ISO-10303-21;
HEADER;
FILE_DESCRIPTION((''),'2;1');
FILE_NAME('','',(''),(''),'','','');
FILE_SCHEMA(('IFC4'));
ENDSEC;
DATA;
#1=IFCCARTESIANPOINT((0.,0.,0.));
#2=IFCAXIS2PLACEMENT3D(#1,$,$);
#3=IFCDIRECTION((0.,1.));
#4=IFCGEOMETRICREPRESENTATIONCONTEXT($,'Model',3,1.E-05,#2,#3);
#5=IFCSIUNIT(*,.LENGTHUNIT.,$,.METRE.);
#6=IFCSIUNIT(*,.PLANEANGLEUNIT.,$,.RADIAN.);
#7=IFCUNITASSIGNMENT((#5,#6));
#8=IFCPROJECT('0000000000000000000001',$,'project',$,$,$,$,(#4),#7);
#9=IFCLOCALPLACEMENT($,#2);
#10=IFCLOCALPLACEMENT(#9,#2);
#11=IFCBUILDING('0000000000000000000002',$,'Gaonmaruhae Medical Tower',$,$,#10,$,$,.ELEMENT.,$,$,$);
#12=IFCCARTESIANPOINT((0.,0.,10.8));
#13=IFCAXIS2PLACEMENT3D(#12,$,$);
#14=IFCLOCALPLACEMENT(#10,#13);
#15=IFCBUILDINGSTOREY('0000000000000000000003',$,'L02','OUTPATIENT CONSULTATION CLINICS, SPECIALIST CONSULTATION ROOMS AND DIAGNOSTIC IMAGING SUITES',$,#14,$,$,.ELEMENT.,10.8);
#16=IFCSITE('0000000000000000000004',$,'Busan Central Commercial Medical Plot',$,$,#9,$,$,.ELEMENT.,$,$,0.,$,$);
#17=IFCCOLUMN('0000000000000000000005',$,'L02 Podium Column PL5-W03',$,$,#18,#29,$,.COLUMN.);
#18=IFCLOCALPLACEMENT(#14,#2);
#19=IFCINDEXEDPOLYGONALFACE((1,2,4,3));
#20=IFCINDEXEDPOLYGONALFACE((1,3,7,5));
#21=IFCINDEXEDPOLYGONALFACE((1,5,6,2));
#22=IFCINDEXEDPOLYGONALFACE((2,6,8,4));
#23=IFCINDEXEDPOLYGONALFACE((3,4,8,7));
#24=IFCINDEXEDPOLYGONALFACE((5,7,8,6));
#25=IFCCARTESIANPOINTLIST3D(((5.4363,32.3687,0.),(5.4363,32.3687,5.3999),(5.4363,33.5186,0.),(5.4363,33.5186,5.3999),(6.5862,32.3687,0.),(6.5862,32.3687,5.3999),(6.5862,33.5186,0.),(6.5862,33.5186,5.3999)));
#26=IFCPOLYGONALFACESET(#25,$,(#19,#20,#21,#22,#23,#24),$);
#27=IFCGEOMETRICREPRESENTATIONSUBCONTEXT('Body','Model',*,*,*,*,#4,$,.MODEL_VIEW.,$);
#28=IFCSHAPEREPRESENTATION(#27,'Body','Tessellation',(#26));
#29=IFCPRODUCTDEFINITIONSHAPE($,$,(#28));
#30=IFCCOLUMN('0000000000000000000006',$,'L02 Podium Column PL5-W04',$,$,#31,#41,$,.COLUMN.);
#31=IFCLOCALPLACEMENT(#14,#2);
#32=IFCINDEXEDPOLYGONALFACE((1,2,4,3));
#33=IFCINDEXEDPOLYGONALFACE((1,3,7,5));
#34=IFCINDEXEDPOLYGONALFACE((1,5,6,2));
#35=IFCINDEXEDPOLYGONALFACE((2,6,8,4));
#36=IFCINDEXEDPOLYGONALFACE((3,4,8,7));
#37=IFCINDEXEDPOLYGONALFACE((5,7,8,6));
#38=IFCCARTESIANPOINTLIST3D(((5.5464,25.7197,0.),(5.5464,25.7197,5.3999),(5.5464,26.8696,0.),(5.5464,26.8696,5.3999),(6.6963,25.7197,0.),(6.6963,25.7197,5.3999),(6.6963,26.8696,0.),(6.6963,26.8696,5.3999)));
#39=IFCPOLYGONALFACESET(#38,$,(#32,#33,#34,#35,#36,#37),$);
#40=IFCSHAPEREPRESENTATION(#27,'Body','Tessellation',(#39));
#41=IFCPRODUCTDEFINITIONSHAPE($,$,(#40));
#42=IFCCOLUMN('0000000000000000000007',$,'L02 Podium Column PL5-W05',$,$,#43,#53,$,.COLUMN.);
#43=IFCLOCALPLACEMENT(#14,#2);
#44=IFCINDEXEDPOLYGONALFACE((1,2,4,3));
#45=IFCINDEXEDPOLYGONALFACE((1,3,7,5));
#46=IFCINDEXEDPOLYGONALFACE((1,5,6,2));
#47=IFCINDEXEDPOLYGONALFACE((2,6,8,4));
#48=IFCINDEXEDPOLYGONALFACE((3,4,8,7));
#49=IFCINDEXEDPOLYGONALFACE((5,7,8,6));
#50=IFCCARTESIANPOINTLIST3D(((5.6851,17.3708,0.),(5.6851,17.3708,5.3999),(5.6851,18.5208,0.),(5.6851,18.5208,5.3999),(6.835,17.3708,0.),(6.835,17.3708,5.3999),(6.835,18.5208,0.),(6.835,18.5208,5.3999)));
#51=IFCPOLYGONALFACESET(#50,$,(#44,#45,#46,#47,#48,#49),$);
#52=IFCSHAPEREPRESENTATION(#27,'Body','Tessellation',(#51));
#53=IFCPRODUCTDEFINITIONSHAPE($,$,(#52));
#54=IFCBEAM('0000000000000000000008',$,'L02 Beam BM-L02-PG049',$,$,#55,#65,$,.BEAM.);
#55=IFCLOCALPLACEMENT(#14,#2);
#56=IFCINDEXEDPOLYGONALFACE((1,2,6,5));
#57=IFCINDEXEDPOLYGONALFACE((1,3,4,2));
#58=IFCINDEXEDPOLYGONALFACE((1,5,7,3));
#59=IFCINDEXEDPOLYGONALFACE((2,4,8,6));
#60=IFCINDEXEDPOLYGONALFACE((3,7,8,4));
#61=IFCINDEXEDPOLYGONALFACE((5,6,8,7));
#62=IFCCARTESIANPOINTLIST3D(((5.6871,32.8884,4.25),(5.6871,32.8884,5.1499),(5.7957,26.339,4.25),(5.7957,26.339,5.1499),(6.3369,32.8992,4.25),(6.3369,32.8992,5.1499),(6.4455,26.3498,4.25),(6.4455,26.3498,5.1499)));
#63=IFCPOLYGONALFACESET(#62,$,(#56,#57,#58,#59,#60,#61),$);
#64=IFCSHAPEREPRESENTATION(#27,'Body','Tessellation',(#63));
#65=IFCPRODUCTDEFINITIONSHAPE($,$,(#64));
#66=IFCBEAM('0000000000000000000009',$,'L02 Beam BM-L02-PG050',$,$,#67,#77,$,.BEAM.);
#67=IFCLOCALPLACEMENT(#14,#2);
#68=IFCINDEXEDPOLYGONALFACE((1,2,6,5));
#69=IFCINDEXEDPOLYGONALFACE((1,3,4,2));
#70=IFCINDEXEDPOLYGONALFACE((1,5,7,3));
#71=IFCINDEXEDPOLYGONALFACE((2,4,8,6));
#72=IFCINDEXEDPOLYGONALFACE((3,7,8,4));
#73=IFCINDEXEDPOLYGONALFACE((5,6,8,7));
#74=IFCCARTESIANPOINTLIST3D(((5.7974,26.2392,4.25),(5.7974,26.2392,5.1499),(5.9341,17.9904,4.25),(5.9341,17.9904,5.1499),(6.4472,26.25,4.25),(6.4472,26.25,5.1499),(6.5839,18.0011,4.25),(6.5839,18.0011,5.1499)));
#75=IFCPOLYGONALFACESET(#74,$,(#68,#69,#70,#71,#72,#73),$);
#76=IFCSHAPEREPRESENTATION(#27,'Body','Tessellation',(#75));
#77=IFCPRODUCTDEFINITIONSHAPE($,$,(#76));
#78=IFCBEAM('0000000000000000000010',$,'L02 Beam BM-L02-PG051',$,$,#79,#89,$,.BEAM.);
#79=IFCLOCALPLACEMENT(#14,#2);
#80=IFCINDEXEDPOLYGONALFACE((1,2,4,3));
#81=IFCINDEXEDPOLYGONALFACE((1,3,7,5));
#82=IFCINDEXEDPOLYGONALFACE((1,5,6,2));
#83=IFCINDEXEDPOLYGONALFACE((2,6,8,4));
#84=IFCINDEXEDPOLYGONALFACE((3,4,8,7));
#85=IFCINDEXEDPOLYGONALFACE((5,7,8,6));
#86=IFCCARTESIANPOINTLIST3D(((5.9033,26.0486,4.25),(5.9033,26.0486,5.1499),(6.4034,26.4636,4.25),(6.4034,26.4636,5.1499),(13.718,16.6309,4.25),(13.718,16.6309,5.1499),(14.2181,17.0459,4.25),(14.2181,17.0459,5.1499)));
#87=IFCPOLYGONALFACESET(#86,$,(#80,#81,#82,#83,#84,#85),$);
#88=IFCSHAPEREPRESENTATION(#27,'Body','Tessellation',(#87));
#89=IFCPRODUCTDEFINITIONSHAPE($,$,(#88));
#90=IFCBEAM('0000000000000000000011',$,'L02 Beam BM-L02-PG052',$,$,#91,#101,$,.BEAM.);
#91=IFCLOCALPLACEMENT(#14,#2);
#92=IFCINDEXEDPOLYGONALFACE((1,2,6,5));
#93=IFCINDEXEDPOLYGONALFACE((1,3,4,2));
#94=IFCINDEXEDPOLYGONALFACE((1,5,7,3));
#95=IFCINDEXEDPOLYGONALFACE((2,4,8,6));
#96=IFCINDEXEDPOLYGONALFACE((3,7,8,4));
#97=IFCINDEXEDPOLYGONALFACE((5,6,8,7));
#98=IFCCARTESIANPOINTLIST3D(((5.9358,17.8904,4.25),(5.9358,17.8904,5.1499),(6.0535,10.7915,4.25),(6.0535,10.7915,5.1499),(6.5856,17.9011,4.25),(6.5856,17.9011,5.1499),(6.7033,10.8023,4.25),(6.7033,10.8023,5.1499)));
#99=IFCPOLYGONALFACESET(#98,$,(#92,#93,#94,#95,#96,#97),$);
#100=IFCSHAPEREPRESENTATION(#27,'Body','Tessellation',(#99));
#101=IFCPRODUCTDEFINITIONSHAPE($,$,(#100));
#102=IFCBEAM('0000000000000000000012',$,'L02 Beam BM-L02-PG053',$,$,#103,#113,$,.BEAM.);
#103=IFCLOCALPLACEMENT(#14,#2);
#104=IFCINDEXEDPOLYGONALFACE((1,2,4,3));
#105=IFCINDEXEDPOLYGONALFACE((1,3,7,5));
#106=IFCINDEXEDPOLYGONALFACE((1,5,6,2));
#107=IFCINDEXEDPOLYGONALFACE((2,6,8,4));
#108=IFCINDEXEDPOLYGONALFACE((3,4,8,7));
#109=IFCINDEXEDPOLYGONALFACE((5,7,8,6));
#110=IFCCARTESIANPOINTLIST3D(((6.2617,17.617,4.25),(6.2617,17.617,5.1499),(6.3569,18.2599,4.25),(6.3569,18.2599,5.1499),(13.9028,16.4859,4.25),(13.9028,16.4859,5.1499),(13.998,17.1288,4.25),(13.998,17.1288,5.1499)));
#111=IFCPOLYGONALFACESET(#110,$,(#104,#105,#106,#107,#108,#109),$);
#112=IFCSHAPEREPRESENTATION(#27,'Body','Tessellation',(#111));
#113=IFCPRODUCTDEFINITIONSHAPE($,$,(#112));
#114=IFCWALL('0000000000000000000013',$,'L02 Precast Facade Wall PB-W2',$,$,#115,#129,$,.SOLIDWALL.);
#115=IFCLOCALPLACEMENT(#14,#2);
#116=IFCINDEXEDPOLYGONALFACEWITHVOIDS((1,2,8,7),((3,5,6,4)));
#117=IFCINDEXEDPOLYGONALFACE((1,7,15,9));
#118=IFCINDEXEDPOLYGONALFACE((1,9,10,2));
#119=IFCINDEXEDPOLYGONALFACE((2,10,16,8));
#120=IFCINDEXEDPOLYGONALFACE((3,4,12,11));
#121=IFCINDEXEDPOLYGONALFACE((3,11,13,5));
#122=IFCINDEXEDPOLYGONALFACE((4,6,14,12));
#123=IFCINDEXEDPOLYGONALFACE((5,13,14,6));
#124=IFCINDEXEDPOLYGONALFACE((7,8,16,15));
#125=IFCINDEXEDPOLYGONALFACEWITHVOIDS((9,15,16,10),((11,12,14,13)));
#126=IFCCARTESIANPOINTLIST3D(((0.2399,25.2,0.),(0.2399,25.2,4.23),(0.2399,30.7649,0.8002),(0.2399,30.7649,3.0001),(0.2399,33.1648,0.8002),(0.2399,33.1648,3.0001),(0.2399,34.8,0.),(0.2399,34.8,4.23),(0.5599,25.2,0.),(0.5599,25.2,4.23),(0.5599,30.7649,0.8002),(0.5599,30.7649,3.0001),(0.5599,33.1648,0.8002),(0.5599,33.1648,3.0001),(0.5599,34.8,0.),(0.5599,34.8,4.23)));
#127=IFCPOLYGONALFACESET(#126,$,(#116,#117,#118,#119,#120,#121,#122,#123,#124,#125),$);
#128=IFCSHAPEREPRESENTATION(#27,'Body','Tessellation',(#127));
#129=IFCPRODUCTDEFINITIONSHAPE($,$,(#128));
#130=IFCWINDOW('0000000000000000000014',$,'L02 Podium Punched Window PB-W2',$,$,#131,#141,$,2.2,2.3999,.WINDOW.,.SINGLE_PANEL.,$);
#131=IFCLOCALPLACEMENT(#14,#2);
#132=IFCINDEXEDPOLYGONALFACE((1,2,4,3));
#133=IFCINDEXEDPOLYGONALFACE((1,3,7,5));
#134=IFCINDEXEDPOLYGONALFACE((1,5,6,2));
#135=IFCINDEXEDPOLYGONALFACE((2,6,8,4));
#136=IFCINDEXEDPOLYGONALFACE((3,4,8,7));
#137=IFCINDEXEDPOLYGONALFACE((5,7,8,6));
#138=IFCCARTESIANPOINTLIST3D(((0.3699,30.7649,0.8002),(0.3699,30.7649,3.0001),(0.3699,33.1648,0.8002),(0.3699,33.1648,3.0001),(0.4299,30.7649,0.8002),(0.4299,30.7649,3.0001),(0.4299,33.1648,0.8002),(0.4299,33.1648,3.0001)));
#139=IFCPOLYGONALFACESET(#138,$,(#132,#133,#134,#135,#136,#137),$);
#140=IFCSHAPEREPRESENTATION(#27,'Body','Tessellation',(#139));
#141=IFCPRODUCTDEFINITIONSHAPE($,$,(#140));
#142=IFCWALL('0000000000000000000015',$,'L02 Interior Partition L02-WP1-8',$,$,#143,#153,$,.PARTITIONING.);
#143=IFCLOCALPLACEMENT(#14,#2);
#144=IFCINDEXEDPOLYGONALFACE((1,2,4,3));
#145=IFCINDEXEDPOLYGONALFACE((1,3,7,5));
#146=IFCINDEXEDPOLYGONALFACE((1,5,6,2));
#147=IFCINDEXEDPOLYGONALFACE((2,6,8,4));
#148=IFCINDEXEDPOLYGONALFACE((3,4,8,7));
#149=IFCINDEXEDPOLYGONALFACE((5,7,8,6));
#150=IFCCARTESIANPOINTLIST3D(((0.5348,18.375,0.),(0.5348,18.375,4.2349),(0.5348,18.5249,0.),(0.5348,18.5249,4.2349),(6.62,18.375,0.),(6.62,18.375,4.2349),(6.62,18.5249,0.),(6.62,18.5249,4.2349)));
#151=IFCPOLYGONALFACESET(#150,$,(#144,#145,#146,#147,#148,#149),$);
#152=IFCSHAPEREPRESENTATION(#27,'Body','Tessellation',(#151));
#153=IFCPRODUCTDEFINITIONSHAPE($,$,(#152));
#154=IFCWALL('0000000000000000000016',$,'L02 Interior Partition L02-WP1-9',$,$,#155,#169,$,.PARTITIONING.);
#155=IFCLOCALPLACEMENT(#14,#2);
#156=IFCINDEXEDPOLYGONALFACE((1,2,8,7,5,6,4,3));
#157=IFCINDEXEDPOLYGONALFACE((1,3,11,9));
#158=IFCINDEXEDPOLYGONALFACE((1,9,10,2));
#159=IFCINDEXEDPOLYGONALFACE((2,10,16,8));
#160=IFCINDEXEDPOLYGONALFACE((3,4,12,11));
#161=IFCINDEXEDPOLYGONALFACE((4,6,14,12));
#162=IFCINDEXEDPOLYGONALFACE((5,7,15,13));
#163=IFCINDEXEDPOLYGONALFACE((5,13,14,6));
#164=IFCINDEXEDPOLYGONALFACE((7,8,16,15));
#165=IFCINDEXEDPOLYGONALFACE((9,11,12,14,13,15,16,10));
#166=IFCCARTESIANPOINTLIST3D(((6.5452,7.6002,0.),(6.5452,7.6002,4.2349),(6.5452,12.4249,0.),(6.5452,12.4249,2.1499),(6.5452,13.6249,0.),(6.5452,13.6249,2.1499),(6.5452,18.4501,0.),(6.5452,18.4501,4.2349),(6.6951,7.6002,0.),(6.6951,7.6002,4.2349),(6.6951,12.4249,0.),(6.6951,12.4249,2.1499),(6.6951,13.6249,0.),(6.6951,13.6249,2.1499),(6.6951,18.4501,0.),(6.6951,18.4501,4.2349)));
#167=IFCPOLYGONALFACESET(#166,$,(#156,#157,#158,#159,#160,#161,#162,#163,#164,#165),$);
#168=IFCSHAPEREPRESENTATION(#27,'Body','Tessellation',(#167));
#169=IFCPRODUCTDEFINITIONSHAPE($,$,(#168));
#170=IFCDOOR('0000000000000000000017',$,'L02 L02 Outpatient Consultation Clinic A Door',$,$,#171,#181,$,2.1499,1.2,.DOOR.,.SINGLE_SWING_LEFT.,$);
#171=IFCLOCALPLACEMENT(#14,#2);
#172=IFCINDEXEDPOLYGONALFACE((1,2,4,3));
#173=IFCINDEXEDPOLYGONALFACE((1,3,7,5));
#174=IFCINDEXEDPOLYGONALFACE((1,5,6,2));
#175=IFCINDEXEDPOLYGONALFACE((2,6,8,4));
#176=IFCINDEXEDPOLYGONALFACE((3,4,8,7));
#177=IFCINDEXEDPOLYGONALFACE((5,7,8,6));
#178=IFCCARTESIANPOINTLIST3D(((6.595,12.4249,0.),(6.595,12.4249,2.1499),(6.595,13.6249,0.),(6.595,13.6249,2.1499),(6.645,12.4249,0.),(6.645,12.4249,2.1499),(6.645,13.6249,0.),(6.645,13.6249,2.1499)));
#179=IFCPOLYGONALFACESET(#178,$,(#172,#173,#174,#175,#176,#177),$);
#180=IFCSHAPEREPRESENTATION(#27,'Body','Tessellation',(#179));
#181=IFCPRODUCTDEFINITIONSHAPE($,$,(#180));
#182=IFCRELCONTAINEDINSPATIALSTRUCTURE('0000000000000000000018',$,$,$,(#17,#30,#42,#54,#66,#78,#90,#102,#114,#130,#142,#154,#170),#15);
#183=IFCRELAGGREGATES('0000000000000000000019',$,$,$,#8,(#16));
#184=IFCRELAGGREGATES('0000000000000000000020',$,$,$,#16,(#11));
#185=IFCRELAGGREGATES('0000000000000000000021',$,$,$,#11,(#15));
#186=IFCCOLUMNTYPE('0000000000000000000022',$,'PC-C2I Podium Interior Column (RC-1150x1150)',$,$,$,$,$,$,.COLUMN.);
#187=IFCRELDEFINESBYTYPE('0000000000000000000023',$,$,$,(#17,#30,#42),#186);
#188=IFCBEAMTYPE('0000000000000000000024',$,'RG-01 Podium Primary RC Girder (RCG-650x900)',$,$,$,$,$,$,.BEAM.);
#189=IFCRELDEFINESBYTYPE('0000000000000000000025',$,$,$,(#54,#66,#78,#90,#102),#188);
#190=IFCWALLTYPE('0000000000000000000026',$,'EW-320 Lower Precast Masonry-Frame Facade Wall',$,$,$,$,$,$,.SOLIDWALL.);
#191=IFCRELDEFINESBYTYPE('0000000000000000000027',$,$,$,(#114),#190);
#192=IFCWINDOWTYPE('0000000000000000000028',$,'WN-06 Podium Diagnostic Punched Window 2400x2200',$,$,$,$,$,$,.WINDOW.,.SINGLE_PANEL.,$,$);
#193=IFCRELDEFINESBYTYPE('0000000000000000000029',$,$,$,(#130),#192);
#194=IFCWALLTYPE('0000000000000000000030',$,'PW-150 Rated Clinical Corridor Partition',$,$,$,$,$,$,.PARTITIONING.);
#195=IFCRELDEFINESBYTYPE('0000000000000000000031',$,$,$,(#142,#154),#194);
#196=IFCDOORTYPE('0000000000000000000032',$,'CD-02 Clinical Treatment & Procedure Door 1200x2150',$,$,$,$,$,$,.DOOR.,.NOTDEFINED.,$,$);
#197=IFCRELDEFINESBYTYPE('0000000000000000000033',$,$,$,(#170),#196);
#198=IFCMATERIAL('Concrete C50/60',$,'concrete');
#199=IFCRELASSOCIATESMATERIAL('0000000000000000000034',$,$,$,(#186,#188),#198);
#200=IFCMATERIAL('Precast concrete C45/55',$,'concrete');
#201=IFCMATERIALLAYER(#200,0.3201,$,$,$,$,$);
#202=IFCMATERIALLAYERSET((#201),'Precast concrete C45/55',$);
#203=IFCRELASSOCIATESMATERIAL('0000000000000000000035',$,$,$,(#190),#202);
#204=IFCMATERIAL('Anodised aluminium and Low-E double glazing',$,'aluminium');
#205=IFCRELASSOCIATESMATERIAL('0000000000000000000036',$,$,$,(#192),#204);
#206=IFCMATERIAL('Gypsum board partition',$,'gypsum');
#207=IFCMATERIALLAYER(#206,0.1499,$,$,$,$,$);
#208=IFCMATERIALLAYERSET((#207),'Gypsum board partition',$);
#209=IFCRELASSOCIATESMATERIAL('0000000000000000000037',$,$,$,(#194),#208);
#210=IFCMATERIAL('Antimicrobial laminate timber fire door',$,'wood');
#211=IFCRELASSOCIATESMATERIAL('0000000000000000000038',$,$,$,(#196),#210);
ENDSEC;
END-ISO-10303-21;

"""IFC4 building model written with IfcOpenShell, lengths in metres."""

from ifc_helpers import new_model, si_unit, direction, frame, frame_2d, origin, origin_2d, place, context, subcontext, project, spatial, rectangle, extrude, material, layer, layer_set, material_profile, profile_set, type_object, element, fill, save


model = new_model("IFC4")

# Units and contexts
model_context = context("Model", 3, precision=1e-05, world=origin(), true_north=direction((0.0, 1.0)))
body_context = subcontext(model_context, "Body", "Model", "MODEL_VIEW")
ifc_project = project(units=[si_unit("LENGTHUNIT", "METRE"), si_unit("PLANEANGLEUNIT", "RADIAN")], contexts=[model_context])

# Site, building, storey
site_placement = place(None, origin())
site = spatial("IfcSite", under=ifc_project, at=site_placement, Name="Busan Central Commercial Medical Plot", CompositionType="ELEMENT", RefElevation=0.0)
building_placement = place(site_placement, origin())
building = spatial("IfcBuilding", under=site, at=building_placement, Name="Gaonmaruhae Medical Tower", CompositionType="ELEMENT")
storey_placement = place(building_placement, frame((0.0, 0.0, 10.8)))
storey = spatial("IfcBuildingStorey", under=building, at=storey_placement, Name="L02", Description="OUTPATIENT CONSULTATION CLINICS, SPECIALIST CONSULTATION ROOMS AND DIAGNOSTIC IMAGING SUITES", CompositionType="ELEMENT", Elevation=10.8)

# Columns
ifc_material_1 = material(Name="Concrete C50/60", Category="concrete")
ifc_material_profile_1 = material_profile(ifc_material_1, rectangle(XDim=1.1499, YDim=1.1499, at=origin_2d()), Name="RC-1150x1150")
ifc_profile_set_1 = profile_set([ifc_material_profile_1], Name="Concrete C50/60")
column_type = type_object("IfcColumnType", Name="PC-C2I Podium Interior Column (RC-1150x1150)", PredefinedType="COLUMN", material=ifc_profile_set_1)
for number, where, z_axis, x_axis, name in (
    (1, (6.0112, 32.9436, 0.0), (0.0, 0.0, 1.0), (1.0, 0.0, 0.0), "L02 Podium Column PL5-W03"),
    (2, (6.1213, 26.2947, 0.0), (0.0, 0.0, 1.0), (1.0, 0.0, 0.0), "L02 Podium Column PL5-W04"),
    (3, (6.26, 17.9458, 0.0), (0.0, 0.0, 1.0), (1.0, 0.0, 0.0), "L02 Podium Column PL5-W05"),
):
    element("IfcColumn", number, at=place(storey_placement, frame(where, z_axis=z_axis, x_axis=x_axis)), inside=storey, type_object=column_type, Name=name, PredefinedType="COLUMN", context=body_context, shape_type="SweptSolid", body=[
        extrude(rectangle(XDim=1.1499, YDim=1.1499, at=origin_2d()), origin(), (0.0, 0.0, 1.0), 5.3999),
    ])

# Beams
ifc_material_profile_2 = material_profile(ifc_material_1, rectangle(XDim=0.6499, YDim=0.8999, at=origin_2d()), Name="RCG-650x900")
ifc_profile_set_2 = profile_set([ifc_material_profile_2], Name="Concrete C50/60")
beam_type = type_object("IfcBeamType", Name="RG-01 Podium Primary RC Girder (RCG-650x900)", PredefinedType="BEAM", material=ifc_profile_set_2)
beam_1_placement = place(storey_placement, frame((6.012, 32.8938, 4.7), z_axis=(0.016586, -0.999862, 0.0), x_axis=(0.999862, 0.016586, 0.0)))
element("IfcBeam", 4, at=beam_1_placement, inside=storey, type_object=beam_type, Name="L02 Beam BM-L02-PG049", PredefinedType="BEAM", context=body_context, shape_type="SweptSolid", body=[
    extrude(rectangle(XDim=0.6499, YDim=0.8999, at=origin_2d()), origin(), (0.0, 0.0, 1.0), 6.5503),
])
beam_2_placement = place(storey_placement, frame((6.1223, 26.2446, 4.7), z_axis=(0.016572, -0.999863, 0.0), x_axis=(0.999863, 0.016572, 0.0)))
element("IfcBeam", 5, at=beam_2_placement, inside=storey, type_object=beam_type, Name="L02 Beam BM-L02-PG050", PredefinedType="BEAM", context=body_context, shape_type="SweptSolid", body=[
    extrude(rectangle(XDim=0.6499, YDim=0.8999, at=origin_2d()), origin(), (0.0, 0.0, 1.0), 8.25),
])
beam_3_placement = place(storey_placement, frame((6.1533, 26.2561, 4.7), z_axis=(0.638572, -0.769562, 0.0), x_axis=(0.769562, 0.638572, 0.0)))
element("IfcBeam", 6, at=beam_3_placement, inside=storey, type_object=beam_type, Name="L02 Beam BM-L02-PG051", PredefinedType="BEAM", context=body_context, shape_type="SweptSolid", body=[
    extrude(rectangle(XDim=0.6499, YDim=0.8999, at=origin_2d()), origin(), (0.0, 0.0, 1.0), 12.2378),
])
beam_4_placement = place(storey_placement, frame((6.2607, 17.8958, 4.7), z_axis=(0.016574, -0.999863, 0.0), x_axis=(0.999863, 0.016574, 0.0)))
element("IfcBeam", 7, at=beam_4_placement, inside=storey, type_object=beam_type, Name="L02 Beam BM-L02-PG052", PredefinedType="BEAM", context=body_context, shape_type="SweptSolid", body=[
    extrude(rectangle(XDim=0.6499, YDim=0.8999, at=origin_2d()), origin(), (0.0, 0.0, 1.0), 7.0999),
])
beam_5_placement = place(storey_placement, frame((6.3093, 17.9385, 4.7), z_axis=(0.989221, -0.146433, 0.0), x_axis=(0.146433, 0.989221, 0.0)))
element("IfcBeam", 8, at=beam_5_placement, inside=storey, type_object=beam_type, Name="L02 Beam BM-L02-PG053", PredefinedType="BEAM", context=body_context, shape_type="SweptSolid", body=[
    extrude(rectangle(XDim=0.6499, YDim=0.8999, at=origin_2d()), origin(), (0.0, 0.0, 1.0), 7.7244),
])

# Wall, opening, window
ifc_material_2 = material(Name="Precast concrete C45/55", Category="concrete")
ifc_layer_1 = layer(ifc_material_2, 0.3201)
ifc_layer_set_1 = layer_set([ifc_layer_1], Name="Precast concrete C45/55")
wall_type_1 = type_object("IfcWallType", Name="EW-320 Lower Precast Masonry-Frame Facade Wall", PredefinedType="SOLIDWALL", material=ifc_layer_set_1)
wall_1_placement = place(storey_placement, frame((0.3999, 25.2, 0.0), z_axis=(0.0, 0.0, 1.0), x_axis=(0.0, 1.0, 0.0)))
wall_1 = element("IfcWall", 9, at=wall_1_placement, inside=storey, type_object=wall_type_1, Name="L02 Precast Facade Wall PB-W2", PredefinedType="SOLIDWALL", context=body_context, shape_type="SweptSolid", body=[
    extrude(rectangle(XDim=9.6001, YDim=0.3201, at=frame_2d((4.8, 0.0))), origin(), (0.0, 0.0, 1.0), 4.23),
])
opening_1_placement = place(wall_1_placement, frame((5.5649, 0.0, 0.8)))
opening_1 = element("IfcOpeningElement", 10, at=opening_1_placement, cuts=wall_1, PredefinedType="OPENING", context=body_context, shape_type="SweptSolid", body=[
    extrude(rectangle(XDim=2.3999, YDim=2.2, at=frame_2d((1.2, 1.1001))), frame((0.0, 0.1699, 0.0), z_axis=(0.0, -1.0, 0.0), x_axis=(1.0, 0.0, 0.0)), (0.0, 0.0, 1.0), 0.3401),
])
ifc_material_3 = material(Name="Anodised aluminium and Low-E double glazing", Category="aluminium")
window_type = type_object("IfcWindowType", Name="WN-06 Podium Diagnostic Punched Window 2400x2200", PartitioningType="SINGLE_PANEL", PredefinedType="WINDOW", material=ifc_material_3)
window_placement = place(opening_1_placement, origin())
window = element("IfcWindow", 11, at=window_placement, inside=storey, type_object=window_type, Name="L02 Podium Punched Window PB-W2", OverallHeight=2.2, OverallWidth=2.3999, PartitioningType="SINGLE_PANEL", PredefinedType="WINDOW", context=body_context, shape_type="SweptSolid", body=[
    extrude(rectangle(XDim=2.3999, YDim=2.2, at=frame_2d((1.2, 1.1001))), frame((0.0, 0.03, 0.0), z_axis=(0.0, -1.0, 0.0), x_axis=(1.0, 0.0, 0.0)), (0.0, 0.0, 1.0), 0.0601),
])
fill(opening_1, window)

# Wall
ifc_material_4 = material(Name="Gypsum board partition", Category="gypsum")
ifc_layer_2 = layer(ifc_material_4, 0.1499)
ifc_layer_set_2 = layer_set([ifc_layer_2], Name="Gypsum board partition")
wall_type_2 = type_object("IfcWallType", Name="PW-150 Rated Clinical Corridor Partition", PredefinedType="PARTITIONING", material=ifc_layer_set_2)
wall_2_placement = place(storey_placement, frame((0.5349, 18.45, 0.0), z_axis=(0.0, 0.0, 1.0), x_axis=(1.0, 0.0, 0.0)))
element("IfcWall", 12, at=wall_2_placement, inside=storey, type_object=wall_type_2, Name="L02 Interior Partition L02-WP1-8", PredefinedType="PARTITIONING", context=body_context, shape_type="SweptSolid", body=[
    extrude(rectangle(XDim=6.0852, YDim=0.1499, at=frame_2d((3.0425, 0.0))), origin(), (0.0, 0.0, 1.0), 4.2349),
])

# Wall, opening, door
wall_3_placement = place(storey_placement, frame((6.6201, 18.45, 0.0), z_axis=(0.0, 0.0, 1.0), x_axis=(0.0, -1.0, 0.0)))
wall_3 = element("IfcWall", 13, at=wall_3_placement, inside=storey, type_object=wall_type_2, Name="L02 Interior Partition L02-WP1-9", PredefinedType="PARTITIONING", context=body_context, shape_type="SweptSolid", body=[
    extrude(rectangle(XDim=10.8499, YDim=0.1499, at=frame_2d((5.4248, 0.0))), origin(), (0.0, 0.0, 1.0), 4.2349),
])
opening_2_placement = place(wall_3_placement, frame((4.825, 0.0, 0.0)))
opening_2 = element("IfcOpeningElement", 14, at=opening_2_placement, cuts=wall_3, PredefinedType="OPENING", context=body_context, shape_type="SweptSolid", body=[
    extrude(rectangle(XDim=1.2, YDim=2.1499, at=frame_2d((0.6001, 1.075))), frame((0.0, 0.085, 0.0), z_axis=(0.0, -1.0, 0.0), x_axis=(1.0, 0.0, 0.0)), (0.0, 0.0, 1.0), 0.1699),
])
ifc_material_5 = material(Name="Antimicrobial laminate timber fire door", Category="wood")
door_type = type_object("IfcDoorType", Name="CD-02 Clinical Treatment & Procedure Door 1200x2150", OperationType="NOTDEFINED", PredefinedType="DOOR", material=ifc_material_5)
door_1_placement = place(opening_2_placement, origin())
door_1 = element("IfcDoor", 15, at=door_1_placement, inside=storey, type_object=door_type, Name="L02 L02 Outpatient Consultation Clinic A Door", OperationType="SINGLE_SWING_LEFT", OverallHeight=2.1499, OverallWidth=1.2, PredefinedType="DOOR", context=body_context, shape_type="SweptSolid", body=[
    extrude(rectangle(XDim=1.2, YDim=2.1499, at=frame_2d((0.6001, 1.075))), frame((0.0, 0.0249, 0.0), z_axis=(0.0, -1.0, 0.0), x_axis=(1.0, 0.0, 0.0)), (0.0, 0.0, 1.0), 0.05),
])
fill(opening_2, door_1)

save(model, "model.ifc")
